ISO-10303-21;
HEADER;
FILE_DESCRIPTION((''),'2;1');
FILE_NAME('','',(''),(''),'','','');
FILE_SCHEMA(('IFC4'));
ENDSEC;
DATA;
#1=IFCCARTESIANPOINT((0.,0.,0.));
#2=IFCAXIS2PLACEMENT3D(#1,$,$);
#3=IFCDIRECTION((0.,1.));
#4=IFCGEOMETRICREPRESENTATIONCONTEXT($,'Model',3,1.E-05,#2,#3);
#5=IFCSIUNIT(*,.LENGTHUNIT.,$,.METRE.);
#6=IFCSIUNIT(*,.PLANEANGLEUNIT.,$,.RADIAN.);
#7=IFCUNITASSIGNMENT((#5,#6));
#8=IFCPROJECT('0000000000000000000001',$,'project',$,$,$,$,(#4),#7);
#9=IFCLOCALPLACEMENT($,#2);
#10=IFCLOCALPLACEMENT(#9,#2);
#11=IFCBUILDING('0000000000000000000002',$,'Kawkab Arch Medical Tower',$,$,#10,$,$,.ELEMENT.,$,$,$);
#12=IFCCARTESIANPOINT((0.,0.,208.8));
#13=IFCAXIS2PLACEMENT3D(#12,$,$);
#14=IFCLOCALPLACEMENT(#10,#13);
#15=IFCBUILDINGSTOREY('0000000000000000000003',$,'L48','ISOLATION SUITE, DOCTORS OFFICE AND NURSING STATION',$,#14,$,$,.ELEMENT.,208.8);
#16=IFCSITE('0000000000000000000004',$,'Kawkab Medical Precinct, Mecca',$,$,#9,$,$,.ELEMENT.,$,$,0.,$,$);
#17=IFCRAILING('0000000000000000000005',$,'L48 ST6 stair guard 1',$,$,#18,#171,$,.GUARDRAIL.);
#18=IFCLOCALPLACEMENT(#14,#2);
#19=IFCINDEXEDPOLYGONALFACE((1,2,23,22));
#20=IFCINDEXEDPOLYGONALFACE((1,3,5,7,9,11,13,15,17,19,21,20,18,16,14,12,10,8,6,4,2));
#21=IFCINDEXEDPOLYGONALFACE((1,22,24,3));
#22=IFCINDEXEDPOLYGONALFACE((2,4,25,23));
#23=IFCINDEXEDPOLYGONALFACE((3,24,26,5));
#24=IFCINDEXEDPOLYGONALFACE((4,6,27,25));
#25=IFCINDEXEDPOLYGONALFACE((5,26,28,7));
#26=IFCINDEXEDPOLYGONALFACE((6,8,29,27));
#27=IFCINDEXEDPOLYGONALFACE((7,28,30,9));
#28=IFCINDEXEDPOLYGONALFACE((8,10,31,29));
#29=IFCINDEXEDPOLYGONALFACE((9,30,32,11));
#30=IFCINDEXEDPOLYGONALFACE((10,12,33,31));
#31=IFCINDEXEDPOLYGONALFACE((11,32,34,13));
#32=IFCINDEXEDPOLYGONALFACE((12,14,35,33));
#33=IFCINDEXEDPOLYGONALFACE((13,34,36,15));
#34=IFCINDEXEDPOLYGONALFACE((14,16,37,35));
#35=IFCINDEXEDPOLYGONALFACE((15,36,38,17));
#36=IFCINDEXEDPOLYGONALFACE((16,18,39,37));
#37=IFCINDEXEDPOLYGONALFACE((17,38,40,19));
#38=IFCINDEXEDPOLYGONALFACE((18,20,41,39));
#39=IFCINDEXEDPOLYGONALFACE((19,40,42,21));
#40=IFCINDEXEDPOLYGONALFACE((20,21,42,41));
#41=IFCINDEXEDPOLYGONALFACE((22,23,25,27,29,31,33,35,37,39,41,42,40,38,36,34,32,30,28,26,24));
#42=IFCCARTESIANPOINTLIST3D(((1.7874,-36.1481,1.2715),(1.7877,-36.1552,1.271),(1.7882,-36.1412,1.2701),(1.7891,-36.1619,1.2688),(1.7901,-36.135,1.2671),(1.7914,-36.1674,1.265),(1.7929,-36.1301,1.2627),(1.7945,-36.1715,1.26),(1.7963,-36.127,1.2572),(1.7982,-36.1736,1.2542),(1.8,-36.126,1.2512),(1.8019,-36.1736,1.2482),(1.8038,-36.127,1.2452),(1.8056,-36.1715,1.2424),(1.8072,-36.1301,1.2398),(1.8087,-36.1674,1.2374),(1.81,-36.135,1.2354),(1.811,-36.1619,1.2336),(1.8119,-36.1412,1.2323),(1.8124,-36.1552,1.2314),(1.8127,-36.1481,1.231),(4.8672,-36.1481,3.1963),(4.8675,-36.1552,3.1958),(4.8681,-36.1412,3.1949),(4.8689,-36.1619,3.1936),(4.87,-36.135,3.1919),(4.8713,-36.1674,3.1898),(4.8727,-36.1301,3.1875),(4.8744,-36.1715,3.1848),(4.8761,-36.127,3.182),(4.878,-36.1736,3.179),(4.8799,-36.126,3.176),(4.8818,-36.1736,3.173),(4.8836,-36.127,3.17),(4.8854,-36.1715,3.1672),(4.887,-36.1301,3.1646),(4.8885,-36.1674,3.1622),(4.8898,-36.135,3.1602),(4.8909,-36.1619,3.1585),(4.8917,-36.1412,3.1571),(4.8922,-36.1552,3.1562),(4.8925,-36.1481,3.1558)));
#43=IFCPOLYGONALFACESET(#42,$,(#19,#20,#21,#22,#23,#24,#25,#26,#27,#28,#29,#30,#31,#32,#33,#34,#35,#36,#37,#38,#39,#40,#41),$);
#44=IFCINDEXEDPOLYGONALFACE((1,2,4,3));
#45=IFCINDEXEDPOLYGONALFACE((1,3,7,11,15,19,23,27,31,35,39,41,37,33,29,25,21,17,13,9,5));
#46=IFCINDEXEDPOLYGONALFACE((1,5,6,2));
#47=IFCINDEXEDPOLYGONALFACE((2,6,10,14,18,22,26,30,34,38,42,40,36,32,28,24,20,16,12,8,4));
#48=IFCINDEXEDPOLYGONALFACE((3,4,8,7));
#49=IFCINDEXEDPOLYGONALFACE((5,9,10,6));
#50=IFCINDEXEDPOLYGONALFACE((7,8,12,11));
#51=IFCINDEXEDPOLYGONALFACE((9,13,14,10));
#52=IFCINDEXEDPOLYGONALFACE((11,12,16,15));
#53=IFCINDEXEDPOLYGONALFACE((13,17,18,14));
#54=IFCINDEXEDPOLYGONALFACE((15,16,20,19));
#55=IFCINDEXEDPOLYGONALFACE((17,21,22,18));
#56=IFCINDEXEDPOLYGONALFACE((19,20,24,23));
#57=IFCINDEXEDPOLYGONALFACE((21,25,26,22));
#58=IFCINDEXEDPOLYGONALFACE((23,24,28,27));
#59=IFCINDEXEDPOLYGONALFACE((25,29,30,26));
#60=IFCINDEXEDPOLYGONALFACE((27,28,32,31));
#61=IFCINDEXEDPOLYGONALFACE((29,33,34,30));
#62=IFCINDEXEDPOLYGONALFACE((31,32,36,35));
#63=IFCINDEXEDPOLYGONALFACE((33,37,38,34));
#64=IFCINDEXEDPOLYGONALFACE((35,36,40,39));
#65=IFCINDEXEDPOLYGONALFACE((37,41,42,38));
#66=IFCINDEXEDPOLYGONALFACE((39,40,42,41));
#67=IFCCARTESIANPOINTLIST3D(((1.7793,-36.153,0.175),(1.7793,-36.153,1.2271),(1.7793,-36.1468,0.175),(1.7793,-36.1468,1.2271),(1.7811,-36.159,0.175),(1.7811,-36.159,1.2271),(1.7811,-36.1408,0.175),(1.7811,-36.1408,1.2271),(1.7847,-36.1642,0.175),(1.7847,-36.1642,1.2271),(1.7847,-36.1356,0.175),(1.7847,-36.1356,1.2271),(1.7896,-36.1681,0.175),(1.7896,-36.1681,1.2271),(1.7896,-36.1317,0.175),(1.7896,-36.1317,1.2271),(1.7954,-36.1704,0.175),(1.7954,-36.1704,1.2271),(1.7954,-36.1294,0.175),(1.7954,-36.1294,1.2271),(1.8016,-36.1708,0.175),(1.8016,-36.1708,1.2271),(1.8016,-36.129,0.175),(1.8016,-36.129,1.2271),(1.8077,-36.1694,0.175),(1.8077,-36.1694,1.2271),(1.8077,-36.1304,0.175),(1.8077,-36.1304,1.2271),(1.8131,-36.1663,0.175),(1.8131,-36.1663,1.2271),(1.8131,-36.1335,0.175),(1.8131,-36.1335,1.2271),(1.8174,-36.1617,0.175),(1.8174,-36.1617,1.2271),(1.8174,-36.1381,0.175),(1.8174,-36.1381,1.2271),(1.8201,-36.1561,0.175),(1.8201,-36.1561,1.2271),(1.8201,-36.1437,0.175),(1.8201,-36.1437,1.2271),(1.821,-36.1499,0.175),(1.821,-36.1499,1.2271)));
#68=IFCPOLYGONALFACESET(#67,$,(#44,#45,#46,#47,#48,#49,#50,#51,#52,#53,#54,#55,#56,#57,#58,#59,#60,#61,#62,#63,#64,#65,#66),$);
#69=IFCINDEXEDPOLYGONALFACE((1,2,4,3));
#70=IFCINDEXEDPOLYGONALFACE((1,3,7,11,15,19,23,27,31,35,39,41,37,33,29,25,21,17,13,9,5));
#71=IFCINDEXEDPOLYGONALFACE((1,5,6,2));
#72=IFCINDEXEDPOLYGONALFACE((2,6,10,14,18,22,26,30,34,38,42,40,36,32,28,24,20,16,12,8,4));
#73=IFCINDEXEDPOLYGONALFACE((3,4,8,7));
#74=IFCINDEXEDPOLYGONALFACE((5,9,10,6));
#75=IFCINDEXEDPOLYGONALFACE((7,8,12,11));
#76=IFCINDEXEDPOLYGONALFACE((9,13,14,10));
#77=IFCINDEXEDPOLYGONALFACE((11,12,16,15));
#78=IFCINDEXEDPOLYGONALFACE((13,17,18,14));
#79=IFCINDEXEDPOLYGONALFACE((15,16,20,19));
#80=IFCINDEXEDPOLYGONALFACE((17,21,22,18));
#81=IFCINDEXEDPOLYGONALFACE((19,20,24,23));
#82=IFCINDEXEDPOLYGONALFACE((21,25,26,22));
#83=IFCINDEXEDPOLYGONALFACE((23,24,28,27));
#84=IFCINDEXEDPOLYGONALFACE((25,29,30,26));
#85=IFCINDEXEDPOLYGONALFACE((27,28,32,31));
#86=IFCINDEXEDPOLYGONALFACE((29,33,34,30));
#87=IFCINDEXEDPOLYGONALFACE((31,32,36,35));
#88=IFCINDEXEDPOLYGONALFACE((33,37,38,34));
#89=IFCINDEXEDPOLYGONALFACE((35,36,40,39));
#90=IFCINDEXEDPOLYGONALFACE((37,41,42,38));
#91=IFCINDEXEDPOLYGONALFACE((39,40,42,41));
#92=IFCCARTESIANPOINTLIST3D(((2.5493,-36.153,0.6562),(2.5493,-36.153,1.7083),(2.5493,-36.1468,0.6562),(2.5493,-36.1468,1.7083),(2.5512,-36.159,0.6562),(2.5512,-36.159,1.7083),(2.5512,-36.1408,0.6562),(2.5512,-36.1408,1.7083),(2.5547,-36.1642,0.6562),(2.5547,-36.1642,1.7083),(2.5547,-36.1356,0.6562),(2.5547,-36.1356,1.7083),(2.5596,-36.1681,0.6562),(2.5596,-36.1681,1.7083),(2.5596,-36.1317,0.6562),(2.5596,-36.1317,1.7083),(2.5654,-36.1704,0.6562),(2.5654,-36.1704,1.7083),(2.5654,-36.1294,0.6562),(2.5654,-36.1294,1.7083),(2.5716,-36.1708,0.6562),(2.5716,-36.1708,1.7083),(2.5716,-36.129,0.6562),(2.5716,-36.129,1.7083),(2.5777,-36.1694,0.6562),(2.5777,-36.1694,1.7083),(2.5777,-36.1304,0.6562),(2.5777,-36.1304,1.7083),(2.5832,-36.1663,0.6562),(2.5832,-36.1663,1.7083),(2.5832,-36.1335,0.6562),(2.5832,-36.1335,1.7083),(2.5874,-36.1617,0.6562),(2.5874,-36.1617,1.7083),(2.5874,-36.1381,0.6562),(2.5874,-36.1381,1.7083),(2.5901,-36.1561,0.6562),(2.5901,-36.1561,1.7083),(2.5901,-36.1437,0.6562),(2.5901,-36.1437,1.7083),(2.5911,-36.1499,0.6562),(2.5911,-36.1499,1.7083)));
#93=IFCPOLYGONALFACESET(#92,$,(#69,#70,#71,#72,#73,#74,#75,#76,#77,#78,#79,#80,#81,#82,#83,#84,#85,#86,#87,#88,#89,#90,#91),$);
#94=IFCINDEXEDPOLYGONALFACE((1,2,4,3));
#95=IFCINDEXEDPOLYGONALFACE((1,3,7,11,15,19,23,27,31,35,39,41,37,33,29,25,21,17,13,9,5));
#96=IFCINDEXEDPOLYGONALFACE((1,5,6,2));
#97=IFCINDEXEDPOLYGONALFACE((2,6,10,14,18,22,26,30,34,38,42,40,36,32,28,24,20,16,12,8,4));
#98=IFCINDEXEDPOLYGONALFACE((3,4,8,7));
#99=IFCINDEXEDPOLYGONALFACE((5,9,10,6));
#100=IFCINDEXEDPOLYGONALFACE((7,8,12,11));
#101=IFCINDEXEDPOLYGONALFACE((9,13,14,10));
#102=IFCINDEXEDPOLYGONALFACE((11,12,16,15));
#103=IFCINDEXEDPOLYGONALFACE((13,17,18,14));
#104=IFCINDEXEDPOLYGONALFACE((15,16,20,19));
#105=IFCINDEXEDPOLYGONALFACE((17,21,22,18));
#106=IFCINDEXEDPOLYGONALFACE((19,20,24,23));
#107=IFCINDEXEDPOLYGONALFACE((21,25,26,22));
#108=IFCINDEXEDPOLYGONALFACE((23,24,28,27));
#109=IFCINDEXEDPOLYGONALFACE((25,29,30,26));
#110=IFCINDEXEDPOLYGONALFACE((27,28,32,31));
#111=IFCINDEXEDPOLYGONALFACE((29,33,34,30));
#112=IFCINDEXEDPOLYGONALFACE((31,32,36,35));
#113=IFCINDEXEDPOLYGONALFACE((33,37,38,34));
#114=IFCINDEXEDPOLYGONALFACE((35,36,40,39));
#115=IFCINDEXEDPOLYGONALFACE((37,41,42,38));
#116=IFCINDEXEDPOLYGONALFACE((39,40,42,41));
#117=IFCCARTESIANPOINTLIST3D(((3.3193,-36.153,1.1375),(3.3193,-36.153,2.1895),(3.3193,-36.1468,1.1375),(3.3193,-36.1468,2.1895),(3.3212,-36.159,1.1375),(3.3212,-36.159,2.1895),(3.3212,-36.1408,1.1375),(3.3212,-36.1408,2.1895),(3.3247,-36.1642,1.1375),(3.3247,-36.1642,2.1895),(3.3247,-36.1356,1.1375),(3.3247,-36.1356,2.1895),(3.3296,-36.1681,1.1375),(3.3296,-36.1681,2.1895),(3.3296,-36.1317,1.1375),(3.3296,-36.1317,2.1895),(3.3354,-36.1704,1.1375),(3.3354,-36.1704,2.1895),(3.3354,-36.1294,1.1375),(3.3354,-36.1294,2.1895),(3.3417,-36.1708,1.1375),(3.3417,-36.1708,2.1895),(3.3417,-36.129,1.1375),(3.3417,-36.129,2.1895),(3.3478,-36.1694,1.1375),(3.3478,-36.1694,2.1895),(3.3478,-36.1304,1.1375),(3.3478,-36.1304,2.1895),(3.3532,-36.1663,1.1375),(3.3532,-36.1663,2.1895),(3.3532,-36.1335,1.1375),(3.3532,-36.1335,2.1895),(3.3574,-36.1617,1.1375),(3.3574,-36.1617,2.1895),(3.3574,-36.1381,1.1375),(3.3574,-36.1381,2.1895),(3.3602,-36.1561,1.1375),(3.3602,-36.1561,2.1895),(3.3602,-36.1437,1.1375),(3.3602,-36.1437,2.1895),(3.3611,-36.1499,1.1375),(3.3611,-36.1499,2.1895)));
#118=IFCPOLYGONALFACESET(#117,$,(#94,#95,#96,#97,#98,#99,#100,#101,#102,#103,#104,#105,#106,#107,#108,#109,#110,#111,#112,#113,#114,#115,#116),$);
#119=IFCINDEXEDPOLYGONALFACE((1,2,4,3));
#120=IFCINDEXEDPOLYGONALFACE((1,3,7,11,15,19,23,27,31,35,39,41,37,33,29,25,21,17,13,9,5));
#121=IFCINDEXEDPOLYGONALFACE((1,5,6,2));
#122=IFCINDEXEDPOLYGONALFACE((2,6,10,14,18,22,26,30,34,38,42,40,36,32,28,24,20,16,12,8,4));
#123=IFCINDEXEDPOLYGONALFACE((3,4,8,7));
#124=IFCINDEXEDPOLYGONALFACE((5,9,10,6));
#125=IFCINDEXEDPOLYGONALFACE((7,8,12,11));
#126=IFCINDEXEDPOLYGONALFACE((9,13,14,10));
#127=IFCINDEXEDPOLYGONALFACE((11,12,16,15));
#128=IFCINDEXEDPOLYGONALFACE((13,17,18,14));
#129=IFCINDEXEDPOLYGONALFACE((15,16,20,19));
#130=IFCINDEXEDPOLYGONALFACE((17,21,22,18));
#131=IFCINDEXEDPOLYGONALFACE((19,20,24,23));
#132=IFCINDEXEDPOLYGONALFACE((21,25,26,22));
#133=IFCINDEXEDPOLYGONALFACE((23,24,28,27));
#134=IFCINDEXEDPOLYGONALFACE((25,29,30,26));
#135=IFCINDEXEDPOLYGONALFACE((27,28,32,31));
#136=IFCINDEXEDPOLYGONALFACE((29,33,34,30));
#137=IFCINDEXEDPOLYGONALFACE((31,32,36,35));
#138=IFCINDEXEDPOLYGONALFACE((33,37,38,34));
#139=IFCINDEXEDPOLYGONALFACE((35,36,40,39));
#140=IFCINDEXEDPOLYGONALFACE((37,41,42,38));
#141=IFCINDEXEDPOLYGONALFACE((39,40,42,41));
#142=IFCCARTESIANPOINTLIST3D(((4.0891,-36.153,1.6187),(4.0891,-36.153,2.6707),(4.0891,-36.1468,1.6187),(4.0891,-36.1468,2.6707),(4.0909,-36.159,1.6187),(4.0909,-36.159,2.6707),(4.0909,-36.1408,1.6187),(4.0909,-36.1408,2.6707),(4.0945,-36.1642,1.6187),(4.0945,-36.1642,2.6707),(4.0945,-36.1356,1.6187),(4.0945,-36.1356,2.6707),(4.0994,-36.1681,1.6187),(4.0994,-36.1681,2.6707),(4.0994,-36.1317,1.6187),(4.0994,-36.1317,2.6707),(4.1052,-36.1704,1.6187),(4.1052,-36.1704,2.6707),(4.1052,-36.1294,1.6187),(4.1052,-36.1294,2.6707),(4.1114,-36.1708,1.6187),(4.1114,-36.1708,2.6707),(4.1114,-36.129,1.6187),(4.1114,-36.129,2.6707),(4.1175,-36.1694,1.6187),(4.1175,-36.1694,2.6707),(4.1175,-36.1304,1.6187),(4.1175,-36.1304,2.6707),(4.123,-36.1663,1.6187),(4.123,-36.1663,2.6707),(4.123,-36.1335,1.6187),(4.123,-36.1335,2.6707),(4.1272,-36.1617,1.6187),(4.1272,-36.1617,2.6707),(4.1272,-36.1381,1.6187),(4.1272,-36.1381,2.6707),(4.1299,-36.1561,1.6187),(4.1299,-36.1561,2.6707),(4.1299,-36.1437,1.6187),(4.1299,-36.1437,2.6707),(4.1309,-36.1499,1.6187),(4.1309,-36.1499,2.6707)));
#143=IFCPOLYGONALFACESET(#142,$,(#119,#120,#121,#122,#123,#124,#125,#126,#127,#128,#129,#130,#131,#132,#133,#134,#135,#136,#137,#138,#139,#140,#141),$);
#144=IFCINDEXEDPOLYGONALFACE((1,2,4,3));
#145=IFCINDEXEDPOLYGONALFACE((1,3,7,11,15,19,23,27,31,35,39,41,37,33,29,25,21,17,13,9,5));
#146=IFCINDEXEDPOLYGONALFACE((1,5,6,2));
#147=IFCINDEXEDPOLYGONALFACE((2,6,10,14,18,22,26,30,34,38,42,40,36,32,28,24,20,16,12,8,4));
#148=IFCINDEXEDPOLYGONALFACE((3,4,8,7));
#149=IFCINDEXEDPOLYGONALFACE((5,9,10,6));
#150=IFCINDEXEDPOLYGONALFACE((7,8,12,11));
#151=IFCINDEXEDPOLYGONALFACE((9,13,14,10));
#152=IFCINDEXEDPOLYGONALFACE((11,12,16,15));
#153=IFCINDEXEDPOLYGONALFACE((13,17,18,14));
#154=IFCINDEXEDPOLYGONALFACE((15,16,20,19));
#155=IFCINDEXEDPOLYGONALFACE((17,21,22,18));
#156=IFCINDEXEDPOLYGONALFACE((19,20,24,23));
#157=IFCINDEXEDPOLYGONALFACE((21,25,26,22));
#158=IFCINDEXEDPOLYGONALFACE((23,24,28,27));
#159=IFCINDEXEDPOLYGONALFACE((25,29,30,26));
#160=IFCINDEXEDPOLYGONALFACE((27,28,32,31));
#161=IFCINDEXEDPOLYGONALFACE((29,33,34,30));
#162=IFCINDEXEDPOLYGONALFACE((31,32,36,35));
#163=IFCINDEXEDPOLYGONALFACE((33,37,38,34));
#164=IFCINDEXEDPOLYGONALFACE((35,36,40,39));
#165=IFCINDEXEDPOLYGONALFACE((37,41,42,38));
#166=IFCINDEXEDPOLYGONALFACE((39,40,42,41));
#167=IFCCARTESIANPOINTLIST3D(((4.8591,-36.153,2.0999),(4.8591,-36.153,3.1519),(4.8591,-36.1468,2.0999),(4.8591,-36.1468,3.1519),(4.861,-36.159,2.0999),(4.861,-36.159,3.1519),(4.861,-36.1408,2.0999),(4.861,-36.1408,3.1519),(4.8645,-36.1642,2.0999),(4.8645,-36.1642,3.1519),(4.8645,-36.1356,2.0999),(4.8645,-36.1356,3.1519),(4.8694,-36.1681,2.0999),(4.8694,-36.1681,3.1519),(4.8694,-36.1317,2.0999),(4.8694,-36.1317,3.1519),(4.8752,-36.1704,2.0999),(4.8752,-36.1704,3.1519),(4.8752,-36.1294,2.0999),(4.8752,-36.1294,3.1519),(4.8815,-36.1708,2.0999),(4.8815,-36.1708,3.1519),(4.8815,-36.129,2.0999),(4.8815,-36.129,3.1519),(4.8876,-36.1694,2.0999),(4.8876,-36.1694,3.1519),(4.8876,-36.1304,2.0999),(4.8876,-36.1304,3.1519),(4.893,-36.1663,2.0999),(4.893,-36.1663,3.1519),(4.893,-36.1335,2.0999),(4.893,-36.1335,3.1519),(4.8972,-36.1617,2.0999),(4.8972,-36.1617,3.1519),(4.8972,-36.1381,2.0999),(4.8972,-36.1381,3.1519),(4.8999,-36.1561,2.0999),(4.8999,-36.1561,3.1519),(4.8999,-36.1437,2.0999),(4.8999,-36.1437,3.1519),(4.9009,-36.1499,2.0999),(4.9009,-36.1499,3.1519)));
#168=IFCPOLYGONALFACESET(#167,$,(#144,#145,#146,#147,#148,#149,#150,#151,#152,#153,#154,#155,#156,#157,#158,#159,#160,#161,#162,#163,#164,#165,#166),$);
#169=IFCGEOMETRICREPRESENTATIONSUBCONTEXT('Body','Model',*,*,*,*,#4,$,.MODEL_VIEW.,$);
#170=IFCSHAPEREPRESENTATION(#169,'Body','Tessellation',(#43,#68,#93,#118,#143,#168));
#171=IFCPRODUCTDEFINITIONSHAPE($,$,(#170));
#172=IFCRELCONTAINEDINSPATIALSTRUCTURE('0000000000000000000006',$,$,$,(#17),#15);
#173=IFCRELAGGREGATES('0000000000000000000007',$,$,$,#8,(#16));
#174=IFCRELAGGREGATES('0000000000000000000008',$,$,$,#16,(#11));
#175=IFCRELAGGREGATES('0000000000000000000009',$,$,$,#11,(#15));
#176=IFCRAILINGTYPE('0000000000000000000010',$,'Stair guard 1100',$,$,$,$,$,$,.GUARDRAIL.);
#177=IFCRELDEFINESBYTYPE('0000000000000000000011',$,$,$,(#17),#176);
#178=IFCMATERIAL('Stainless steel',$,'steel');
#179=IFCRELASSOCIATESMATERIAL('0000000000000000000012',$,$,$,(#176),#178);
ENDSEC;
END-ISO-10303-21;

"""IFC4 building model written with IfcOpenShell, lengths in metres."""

from ifc_helpers import new_model, si_unit, direction, frame, origin, origin_2d, place, context, subcontext, project, spatial, circle, extrude, material, type_object, element, save


model = new_model("IFC4")

# Units and contexts
model_context = context("Model", 3, precision=1e-05, world=origin(), true_north=direction((0.0, 1.0)))
body_context = subcontext(model_context, "Body", "Model", "MODEL_VIEW")
ifc_project = project(units=[si_unit("LENGTHUNIT", "METRE"), si_unit("PLANEANGLEUNIT", "RADIAN")], contexts=[model_context])

# Site, building, storey
site_placement = place(None, origin())
site = spatial("IfcSite", under=ifc_project, at=site_placement, Name="Kawkab Medical Precinct, Mecca", CompositionType="ELEMENT", RefElevation=0.0)
building_placement = place(site_placement, origin())
building = spatial("IfcBuilding", under=site, at=building_placement, Name="Kawkab Arch Medical Tower", CompositionType="ELEMENT")
storey_placement = place(building_placement, frame((0.0, 0.0, 208.8)))
storey = spatial("IfcBuildingStorey", under=building, at=storey_placement, Name="L48", Description="ISOLATION SUITE, DOCTORS OFFICE AND NURSING STATION", CompositionType="ELEMENT", Elevation=208.8)

# Railing
ifc_material_1 = material(Name="Stainless steel", Category="steel")
railing_type = type_object("IfcRailingType", Name="Stair guard 1100", PredefinedType="GUARDRAIL", material=ifc_material_1)
railing_1_placement = place(storey_placement, frame((1.8, -36.1499, 0.175)))
element("IfcRailing", 1, at=railing_1_placement, inside=storey, type_object=railing_type, Name="L48 ST6 stair guard 1", PredefinedType="GUARDRAIL", context=body_context, shape_type="SweptSolid", body=[
    extrude(circle(Radius=0.0239, at=origin_2d()), frame((0.0, 0.0, 1.0762), z_axis=(0.84801, 0.0, 0.529981), x_axis=(0.0, 1.0, 0.0)), (0.0, 0.0, 1.0), 3.6318),
    extrude(circle(Radius=0.021, at=origin_2d()), origin(), (0.0, 0.0, 1.0), 1.052),
    extrude(circle(Radius=0.021, at=origin_2d()), frame((0.77, 0.0, 0.4812)), (0.0, 0.0, 1.0), 1.052),
    extrude(circle(Radius=0.021, at=origin_2d()), frame((1.54, 0.0, 0.9624)), (0.0, 0.0, 1.0), 1.052),
    extrude(circle(Radius=0.021, at=origin_2d()), frame((2.3098, 0.0, 1.4436)), (0.0, 0.0, 1.0), 1.052),
    extrude(circle(Radius=0.021, at=origin_2d()), frame((3.0798, 0.0, 1.9248)), (0.0, 0.0, 1.0), 1.052),
])

save(model, "model.ifc")
